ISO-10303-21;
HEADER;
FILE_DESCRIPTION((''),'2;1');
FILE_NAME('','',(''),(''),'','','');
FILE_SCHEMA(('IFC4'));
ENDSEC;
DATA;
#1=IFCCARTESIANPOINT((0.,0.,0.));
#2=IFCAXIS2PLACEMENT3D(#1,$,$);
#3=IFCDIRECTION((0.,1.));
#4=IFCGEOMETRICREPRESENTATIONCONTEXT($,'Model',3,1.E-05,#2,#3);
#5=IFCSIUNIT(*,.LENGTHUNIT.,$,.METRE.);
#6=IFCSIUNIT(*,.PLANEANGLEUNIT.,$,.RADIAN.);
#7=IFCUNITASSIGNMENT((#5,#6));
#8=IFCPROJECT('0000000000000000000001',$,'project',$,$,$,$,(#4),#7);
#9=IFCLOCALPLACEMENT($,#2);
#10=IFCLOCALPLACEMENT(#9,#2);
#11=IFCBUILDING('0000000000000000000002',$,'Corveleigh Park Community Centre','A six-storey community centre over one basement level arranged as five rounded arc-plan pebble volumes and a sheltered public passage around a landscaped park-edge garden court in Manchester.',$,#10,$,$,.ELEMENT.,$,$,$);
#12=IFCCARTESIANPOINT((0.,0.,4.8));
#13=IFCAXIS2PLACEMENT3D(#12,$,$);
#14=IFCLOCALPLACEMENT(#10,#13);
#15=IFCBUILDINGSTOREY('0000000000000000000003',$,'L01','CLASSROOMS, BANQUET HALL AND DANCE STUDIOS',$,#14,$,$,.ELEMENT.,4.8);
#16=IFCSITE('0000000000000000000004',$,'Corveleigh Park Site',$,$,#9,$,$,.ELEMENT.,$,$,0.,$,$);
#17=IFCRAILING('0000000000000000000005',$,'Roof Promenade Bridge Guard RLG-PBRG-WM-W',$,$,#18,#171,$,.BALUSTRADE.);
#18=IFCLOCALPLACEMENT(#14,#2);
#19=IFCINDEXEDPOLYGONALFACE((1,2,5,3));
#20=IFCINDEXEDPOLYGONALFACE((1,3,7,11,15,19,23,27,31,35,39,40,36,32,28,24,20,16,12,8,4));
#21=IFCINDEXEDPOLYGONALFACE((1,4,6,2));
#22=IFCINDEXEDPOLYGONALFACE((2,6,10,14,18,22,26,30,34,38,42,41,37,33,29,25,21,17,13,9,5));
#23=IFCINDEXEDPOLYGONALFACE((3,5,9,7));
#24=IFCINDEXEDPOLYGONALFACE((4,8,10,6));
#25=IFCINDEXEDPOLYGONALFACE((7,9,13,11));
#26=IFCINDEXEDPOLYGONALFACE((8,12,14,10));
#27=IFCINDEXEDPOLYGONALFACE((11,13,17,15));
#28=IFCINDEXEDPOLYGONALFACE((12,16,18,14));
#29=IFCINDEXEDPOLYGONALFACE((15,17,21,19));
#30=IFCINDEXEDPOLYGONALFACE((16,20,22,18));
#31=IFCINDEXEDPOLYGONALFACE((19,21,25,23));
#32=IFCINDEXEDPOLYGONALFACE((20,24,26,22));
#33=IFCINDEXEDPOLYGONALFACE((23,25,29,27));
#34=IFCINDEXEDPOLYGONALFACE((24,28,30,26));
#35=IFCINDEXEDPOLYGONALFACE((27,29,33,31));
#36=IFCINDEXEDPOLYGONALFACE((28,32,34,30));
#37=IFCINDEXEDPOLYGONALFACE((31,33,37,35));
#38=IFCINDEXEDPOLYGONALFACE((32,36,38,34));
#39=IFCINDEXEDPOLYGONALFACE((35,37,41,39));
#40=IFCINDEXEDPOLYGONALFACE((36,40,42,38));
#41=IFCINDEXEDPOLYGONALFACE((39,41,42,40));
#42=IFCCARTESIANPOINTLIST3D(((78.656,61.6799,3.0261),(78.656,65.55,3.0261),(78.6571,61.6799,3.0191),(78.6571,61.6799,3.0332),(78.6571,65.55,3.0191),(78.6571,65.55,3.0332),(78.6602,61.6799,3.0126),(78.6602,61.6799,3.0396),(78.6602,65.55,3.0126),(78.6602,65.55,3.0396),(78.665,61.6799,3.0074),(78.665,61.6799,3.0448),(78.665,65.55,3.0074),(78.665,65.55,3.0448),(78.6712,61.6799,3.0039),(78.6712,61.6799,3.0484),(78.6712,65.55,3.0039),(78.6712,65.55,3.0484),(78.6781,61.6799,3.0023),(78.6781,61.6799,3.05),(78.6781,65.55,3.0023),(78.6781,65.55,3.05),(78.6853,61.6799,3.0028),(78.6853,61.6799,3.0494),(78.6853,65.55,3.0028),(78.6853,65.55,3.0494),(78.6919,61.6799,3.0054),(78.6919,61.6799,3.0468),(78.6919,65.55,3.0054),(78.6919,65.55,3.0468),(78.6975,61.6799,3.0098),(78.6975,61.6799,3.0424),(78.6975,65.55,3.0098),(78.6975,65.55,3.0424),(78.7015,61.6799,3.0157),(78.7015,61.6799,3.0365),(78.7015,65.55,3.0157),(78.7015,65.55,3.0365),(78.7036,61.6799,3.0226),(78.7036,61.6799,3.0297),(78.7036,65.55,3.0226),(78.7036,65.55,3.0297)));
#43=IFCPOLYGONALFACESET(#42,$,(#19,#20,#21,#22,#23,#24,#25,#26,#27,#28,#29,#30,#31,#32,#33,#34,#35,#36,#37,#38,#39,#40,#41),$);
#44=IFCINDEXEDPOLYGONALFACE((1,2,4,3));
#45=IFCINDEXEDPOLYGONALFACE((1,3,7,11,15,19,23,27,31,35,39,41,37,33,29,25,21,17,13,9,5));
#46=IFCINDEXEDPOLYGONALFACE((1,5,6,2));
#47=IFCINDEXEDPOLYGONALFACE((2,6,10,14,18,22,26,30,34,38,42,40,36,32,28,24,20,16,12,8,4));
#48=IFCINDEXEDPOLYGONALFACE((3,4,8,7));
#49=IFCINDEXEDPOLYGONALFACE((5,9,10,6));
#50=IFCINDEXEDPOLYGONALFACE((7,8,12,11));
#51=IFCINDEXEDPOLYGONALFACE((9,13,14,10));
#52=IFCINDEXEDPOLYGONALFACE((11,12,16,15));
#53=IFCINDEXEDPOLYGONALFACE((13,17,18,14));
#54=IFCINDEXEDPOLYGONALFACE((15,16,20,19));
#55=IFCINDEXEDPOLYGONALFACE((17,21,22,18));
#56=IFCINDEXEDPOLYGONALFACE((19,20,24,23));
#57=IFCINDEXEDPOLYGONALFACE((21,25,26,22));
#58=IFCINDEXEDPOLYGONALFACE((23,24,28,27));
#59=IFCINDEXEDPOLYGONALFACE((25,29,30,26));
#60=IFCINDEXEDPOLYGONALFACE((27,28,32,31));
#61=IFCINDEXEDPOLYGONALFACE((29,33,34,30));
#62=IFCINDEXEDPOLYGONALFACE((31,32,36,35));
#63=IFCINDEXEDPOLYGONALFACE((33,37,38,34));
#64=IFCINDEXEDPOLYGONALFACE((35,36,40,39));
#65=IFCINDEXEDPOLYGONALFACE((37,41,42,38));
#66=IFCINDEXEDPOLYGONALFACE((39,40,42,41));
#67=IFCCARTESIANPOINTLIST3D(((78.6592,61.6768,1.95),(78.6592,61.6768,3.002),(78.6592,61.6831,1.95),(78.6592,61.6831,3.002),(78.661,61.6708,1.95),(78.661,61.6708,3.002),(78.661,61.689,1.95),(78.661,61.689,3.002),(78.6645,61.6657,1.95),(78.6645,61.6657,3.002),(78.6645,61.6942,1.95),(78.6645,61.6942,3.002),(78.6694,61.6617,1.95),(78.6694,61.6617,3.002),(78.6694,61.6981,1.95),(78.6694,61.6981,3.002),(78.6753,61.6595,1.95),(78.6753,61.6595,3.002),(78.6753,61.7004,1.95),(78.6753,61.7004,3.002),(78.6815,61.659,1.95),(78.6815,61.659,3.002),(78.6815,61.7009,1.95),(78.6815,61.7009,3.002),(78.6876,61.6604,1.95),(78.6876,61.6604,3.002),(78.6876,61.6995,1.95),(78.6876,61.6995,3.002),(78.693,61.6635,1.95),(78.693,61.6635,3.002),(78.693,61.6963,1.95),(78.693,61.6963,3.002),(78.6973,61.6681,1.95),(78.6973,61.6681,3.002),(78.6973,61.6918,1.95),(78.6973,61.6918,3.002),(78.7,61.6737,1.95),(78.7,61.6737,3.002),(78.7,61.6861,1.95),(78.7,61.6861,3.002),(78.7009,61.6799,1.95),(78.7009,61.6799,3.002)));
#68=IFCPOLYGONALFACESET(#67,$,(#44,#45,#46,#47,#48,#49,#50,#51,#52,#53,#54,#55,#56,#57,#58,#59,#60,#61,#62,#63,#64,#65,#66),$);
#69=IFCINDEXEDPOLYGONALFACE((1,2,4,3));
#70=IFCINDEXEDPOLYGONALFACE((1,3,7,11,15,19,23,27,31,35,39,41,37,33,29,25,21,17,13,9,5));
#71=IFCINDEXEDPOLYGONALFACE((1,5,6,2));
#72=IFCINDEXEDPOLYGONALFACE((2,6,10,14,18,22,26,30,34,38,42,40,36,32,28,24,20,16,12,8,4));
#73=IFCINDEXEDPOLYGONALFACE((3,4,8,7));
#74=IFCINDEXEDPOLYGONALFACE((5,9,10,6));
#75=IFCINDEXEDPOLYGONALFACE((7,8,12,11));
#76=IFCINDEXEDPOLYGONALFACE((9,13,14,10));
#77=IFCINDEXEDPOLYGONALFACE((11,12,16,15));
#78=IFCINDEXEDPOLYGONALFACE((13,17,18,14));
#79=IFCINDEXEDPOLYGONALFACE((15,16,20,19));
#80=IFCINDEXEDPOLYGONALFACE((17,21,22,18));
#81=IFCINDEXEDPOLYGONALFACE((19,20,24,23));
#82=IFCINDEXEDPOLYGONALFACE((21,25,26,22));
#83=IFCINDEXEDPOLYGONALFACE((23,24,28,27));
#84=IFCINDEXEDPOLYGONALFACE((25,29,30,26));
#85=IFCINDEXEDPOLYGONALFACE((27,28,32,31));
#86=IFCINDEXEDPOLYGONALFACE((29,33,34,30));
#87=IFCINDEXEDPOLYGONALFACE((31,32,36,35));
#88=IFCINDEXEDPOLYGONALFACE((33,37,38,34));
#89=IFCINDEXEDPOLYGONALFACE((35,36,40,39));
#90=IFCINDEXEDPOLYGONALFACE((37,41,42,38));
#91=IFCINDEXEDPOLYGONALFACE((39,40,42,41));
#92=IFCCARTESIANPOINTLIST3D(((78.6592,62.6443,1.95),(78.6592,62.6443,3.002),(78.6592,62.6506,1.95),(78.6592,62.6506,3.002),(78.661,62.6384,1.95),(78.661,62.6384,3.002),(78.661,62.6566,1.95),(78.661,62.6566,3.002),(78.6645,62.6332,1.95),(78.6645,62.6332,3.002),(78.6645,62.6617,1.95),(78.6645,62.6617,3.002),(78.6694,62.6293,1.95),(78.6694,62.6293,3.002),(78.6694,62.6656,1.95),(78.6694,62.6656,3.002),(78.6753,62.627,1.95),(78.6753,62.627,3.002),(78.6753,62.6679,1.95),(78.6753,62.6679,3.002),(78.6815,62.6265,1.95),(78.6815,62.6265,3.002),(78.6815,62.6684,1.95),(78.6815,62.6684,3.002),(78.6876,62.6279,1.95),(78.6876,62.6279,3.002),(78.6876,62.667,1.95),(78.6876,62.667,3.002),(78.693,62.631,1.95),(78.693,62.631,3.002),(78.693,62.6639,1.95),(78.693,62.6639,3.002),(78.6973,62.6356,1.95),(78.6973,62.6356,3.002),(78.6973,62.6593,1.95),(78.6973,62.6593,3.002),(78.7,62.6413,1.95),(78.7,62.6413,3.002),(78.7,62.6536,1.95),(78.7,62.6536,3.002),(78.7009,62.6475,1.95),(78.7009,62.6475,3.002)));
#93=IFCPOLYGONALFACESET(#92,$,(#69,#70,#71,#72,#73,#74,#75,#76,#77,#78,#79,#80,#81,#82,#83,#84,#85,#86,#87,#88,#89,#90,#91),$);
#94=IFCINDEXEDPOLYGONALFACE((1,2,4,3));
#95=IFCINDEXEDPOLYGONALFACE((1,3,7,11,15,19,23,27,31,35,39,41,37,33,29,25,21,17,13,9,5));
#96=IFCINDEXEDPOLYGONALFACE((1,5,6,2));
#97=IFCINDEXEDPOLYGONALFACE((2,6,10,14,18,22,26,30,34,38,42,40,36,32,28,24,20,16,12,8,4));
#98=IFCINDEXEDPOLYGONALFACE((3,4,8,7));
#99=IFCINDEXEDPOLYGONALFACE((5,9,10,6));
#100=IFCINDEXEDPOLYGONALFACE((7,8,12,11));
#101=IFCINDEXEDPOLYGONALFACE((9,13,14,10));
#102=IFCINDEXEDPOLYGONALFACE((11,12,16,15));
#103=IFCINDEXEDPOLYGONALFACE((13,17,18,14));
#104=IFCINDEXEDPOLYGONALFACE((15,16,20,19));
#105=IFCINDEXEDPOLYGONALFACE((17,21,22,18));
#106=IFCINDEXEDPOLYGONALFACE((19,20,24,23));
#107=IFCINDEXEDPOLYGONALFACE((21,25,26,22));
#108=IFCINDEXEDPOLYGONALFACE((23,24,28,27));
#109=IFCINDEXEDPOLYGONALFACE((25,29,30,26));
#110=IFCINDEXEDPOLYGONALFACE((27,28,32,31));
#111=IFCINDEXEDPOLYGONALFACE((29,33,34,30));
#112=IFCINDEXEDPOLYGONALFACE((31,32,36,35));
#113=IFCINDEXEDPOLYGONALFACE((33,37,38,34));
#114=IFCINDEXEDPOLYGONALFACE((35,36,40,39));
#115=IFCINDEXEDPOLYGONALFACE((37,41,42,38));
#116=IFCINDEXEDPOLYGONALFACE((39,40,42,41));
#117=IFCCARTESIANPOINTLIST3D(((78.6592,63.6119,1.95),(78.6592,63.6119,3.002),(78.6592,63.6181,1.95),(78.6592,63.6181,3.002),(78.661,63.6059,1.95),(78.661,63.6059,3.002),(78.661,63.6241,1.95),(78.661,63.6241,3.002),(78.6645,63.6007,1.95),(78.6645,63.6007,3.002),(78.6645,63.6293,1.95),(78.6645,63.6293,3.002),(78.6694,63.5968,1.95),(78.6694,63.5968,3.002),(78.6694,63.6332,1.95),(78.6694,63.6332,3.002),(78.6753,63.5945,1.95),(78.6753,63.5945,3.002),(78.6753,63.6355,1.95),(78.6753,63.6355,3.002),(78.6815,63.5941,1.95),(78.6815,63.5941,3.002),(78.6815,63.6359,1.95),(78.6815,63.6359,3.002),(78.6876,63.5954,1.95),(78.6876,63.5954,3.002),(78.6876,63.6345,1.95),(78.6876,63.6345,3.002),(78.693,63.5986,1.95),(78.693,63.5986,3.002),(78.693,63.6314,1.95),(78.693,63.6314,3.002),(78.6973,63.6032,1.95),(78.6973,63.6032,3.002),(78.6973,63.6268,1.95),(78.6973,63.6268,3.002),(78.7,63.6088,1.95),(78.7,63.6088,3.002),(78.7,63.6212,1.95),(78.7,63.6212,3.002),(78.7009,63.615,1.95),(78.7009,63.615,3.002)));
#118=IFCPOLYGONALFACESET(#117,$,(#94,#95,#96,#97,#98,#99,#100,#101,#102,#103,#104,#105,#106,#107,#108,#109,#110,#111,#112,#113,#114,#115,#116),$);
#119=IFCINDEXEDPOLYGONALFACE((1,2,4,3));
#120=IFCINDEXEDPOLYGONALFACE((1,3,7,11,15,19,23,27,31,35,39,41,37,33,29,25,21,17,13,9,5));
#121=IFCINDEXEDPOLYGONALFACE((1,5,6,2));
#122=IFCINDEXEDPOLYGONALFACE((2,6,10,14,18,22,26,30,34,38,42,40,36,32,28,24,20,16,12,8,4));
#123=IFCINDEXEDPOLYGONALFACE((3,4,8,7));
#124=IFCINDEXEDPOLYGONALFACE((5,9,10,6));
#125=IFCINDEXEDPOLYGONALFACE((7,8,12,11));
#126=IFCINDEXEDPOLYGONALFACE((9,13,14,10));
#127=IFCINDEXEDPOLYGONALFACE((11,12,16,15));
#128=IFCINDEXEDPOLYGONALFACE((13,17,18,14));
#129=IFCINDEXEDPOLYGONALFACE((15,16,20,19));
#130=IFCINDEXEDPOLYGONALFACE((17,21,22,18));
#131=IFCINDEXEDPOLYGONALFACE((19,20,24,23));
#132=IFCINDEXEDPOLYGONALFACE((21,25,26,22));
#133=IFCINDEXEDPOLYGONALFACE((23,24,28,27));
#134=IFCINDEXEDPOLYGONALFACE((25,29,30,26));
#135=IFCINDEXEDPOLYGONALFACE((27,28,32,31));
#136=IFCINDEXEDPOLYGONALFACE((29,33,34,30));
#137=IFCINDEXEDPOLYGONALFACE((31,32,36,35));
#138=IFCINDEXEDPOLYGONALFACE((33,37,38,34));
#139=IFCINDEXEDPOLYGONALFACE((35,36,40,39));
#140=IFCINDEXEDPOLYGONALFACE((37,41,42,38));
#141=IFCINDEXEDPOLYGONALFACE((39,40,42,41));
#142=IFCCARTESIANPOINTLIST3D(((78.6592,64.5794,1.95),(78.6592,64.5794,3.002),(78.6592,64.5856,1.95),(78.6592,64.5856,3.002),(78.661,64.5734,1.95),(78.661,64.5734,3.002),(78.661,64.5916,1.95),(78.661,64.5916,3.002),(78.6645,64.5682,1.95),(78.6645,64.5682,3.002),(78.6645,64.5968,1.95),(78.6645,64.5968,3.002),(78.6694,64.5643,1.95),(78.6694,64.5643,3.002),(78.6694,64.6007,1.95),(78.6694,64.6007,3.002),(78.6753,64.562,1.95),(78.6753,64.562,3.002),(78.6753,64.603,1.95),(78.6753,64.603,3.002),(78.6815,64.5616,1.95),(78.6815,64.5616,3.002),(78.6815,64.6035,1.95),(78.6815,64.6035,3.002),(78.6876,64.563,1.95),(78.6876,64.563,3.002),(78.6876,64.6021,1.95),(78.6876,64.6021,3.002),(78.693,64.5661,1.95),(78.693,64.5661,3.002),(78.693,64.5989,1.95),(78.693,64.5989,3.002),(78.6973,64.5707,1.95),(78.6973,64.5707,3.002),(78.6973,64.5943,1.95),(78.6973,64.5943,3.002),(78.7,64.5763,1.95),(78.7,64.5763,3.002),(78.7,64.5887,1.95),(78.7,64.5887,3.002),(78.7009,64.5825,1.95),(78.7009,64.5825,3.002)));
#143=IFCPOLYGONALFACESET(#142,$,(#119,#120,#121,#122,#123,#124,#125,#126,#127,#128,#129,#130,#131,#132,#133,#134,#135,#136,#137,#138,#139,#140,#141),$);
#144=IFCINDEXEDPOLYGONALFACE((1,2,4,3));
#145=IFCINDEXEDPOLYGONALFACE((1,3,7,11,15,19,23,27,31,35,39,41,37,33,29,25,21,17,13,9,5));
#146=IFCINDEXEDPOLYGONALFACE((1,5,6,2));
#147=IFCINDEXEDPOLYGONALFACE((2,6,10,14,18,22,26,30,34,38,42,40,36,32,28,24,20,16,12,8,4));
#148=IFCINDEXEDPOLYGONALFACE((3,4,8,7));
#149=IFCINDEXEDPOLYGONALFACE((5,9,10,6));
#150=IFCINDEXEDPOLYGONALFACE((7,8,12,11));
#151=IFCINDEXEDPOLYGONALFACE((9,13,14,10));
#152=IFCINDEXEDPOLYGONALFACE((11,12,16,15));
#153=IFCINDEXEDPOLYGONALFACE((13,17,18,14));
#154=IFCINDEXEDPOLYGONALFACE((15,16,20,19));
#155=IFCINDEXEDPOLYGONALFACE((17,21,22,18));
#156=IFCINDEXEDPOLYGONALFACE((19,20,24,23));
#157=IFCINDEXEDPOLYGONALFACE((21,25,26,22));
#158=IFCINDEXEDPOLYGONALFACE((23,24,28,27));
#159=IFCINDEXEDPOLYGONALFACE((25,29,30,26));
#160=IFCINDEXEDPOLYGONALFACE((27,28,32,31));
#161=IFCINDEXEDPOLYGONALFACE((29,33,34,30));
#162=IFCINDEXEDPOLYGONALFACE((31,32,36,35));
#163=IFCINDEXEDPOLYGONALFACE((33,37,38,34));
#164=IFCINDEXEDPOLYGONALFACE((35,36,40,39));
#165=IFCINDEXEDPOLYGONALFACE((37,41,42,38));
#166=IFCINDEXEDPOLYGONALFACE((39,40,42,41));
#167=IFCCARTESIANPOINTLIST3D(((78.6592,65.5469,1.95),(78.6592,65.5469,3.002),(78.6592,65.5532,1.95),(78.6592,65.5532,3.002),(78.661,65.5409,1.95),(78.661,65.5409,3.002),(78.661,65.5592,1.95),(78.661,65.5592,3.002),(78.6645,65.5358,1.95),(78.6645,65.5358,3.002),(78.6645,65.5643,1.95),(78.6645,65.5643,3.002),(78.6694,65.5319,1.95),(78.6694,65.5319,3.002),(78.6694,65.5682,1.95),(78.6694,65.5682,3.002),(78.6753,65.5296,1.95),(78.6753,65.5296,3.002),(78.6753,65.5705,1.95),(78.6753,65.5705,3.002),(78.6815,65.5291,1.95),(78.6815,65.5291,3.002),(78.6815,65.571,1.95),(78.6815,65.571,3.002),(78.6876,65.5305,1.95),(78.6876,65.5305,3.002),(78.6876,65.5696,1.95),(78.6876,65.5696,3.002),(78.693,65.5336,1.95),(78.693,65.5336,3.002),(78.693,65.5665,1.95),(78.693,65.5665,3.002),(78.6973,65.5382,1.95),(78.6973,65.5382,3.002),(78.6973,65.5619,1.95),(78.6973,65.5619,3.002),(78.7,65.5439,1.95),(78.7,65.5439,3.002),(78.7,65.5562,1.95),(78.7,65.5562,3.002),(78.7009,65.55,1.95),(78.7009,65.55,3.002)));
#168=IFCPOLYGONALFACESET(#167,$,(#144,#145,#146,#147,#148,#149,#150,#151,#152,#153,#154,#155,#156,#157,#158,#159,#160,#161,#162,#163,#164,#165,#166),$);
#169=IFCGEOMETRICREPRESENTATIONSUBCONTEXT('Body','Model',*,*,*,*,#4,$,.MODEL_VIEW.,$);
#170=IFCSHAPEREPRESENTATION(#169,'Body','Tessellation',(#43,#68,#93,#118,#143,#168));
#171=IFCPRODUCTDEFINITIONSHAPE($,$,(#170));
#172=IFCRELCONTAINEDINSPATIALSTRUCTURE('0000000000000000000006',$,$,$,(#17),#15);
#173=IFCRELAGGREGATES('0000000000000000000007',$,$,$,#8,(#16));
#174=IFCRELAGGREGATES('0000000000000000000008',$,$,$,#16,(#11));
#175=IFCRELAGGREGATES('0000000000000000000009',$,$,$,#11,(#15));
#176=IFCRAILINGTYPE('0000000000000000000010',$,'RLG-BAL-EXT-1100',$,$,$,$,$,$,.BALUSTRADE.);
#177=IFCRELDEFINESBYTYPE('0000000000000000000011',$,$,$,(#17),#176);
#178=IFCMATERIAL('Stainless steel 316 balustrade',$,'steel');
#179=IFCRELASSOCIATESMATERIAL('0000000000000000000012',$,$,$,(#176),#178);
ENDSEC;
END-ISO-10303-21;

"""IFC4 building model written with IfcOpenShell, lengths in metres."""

from ifc_helpers import new_model, si_unit, direction, frame, origin, origin_2d, place, context, subcontext, project, spatial, circle, extrude, material, type_object, element, save


model = new_model("IFC4")

# Units and contexts
model_context = context("Model", 3, precision=1e-05, world=origin(), true_north=direction((0.0, 1.0)))
body_context = subcontext(model_context, "Body", "Model", "MODEL_VIEW")
ifc_project = project(units=[si_unit("LENGTHUNIT", "METRE"), si_unit("PLANEANGLEUNIT", "RADIAN")], contexts=[model_context])

# Site, building, storey
site_placement = place(None, origin())
site = spatial("IfcSite", under=ifc_project, at=site_placement, Name="Corveleigh Park Site", CompositionType="ELEMENT", RefElevation=0.0)
building_placement = place(site_placement, origin())
building = spatial("IfcBuilding", under=site, at=building_placement, Name="Corveleigh Park Community Centre", Description="A six-storey community centre over one basement level arranged as five rounded arc-plan pebble volumes and a sheltered public passage around a landscaped park-edge garden court in Manchester.", CompositionType="ELEMENT")
storey_placement = place(building_placement, frame((0.0, 0.0, 4.8)))
storey = spatial("IfcBuildingStorey", under=building, at=storey_placement, Name="L01", Description="CLASSROOMS, BANQUET HALL AND DANCE STUDIOS", CompositionType="ELEMENT", Elevation=4.8)

# Railing
ifc_material_1 = material(Name="Stainless steel 316 balustrade", Category="steel")
railing_type = type_object("IfcRailingType", Name="RLG-BAL-EXT-1100", PredefinedType="BALUSTRADE", material=ifc_material_1)
railing_1_placement = place(storey_placement, frame((78.6799, 61.6799, 1.95)))
element("IfcRailing", 1, at=railing_1_placement, inside=storey, type_object=railing_type, Name="Roof Promenade Bridge Guard RLG-PBRG-WM-W", PredefinedType="BALUSTRADE", context=body_context, shape_type="SweptSolid", body=[
    extrude(circle(Radius=0.0239, at=origin_2d()), frame((0.0, 0.0, 1.0762), z_axis=(0.0, 1.0, 0.0), x_axis=(-1.0, 0.0, 0.0)), (0.0, 0.0, 1.0), 3.8701),
    extrude(circle(Radius=0.021, at=origin_2d()), origin(), (0.0, 0.0, 1.0), 1.052),
    extrude(circle(Radius=0.021, at=origin_2d()), frame((0.0, 0.9675, 0.0)), (0.0, 0.0, 1.0), 1.052),
    extrude(circle(Radius=0.021, at=origin_2d()), frame((0.0, 1.9351, 0.0)), (0.0, 0.0, 1.0), 1.052),
    extrude(circle(Radius=0.021, at=origin_2d()), frame((0.0, 2.9026, 0.0)), (0.0, 0.0, 1.0), 1.052),
    extrude(circle(Radius=0.021, at=origin_2d()), frame((0.0, 3.8701, 0.0)), (0.0, 0.0, 1.0), 1.052),
])

save(model, "model.ifc")
